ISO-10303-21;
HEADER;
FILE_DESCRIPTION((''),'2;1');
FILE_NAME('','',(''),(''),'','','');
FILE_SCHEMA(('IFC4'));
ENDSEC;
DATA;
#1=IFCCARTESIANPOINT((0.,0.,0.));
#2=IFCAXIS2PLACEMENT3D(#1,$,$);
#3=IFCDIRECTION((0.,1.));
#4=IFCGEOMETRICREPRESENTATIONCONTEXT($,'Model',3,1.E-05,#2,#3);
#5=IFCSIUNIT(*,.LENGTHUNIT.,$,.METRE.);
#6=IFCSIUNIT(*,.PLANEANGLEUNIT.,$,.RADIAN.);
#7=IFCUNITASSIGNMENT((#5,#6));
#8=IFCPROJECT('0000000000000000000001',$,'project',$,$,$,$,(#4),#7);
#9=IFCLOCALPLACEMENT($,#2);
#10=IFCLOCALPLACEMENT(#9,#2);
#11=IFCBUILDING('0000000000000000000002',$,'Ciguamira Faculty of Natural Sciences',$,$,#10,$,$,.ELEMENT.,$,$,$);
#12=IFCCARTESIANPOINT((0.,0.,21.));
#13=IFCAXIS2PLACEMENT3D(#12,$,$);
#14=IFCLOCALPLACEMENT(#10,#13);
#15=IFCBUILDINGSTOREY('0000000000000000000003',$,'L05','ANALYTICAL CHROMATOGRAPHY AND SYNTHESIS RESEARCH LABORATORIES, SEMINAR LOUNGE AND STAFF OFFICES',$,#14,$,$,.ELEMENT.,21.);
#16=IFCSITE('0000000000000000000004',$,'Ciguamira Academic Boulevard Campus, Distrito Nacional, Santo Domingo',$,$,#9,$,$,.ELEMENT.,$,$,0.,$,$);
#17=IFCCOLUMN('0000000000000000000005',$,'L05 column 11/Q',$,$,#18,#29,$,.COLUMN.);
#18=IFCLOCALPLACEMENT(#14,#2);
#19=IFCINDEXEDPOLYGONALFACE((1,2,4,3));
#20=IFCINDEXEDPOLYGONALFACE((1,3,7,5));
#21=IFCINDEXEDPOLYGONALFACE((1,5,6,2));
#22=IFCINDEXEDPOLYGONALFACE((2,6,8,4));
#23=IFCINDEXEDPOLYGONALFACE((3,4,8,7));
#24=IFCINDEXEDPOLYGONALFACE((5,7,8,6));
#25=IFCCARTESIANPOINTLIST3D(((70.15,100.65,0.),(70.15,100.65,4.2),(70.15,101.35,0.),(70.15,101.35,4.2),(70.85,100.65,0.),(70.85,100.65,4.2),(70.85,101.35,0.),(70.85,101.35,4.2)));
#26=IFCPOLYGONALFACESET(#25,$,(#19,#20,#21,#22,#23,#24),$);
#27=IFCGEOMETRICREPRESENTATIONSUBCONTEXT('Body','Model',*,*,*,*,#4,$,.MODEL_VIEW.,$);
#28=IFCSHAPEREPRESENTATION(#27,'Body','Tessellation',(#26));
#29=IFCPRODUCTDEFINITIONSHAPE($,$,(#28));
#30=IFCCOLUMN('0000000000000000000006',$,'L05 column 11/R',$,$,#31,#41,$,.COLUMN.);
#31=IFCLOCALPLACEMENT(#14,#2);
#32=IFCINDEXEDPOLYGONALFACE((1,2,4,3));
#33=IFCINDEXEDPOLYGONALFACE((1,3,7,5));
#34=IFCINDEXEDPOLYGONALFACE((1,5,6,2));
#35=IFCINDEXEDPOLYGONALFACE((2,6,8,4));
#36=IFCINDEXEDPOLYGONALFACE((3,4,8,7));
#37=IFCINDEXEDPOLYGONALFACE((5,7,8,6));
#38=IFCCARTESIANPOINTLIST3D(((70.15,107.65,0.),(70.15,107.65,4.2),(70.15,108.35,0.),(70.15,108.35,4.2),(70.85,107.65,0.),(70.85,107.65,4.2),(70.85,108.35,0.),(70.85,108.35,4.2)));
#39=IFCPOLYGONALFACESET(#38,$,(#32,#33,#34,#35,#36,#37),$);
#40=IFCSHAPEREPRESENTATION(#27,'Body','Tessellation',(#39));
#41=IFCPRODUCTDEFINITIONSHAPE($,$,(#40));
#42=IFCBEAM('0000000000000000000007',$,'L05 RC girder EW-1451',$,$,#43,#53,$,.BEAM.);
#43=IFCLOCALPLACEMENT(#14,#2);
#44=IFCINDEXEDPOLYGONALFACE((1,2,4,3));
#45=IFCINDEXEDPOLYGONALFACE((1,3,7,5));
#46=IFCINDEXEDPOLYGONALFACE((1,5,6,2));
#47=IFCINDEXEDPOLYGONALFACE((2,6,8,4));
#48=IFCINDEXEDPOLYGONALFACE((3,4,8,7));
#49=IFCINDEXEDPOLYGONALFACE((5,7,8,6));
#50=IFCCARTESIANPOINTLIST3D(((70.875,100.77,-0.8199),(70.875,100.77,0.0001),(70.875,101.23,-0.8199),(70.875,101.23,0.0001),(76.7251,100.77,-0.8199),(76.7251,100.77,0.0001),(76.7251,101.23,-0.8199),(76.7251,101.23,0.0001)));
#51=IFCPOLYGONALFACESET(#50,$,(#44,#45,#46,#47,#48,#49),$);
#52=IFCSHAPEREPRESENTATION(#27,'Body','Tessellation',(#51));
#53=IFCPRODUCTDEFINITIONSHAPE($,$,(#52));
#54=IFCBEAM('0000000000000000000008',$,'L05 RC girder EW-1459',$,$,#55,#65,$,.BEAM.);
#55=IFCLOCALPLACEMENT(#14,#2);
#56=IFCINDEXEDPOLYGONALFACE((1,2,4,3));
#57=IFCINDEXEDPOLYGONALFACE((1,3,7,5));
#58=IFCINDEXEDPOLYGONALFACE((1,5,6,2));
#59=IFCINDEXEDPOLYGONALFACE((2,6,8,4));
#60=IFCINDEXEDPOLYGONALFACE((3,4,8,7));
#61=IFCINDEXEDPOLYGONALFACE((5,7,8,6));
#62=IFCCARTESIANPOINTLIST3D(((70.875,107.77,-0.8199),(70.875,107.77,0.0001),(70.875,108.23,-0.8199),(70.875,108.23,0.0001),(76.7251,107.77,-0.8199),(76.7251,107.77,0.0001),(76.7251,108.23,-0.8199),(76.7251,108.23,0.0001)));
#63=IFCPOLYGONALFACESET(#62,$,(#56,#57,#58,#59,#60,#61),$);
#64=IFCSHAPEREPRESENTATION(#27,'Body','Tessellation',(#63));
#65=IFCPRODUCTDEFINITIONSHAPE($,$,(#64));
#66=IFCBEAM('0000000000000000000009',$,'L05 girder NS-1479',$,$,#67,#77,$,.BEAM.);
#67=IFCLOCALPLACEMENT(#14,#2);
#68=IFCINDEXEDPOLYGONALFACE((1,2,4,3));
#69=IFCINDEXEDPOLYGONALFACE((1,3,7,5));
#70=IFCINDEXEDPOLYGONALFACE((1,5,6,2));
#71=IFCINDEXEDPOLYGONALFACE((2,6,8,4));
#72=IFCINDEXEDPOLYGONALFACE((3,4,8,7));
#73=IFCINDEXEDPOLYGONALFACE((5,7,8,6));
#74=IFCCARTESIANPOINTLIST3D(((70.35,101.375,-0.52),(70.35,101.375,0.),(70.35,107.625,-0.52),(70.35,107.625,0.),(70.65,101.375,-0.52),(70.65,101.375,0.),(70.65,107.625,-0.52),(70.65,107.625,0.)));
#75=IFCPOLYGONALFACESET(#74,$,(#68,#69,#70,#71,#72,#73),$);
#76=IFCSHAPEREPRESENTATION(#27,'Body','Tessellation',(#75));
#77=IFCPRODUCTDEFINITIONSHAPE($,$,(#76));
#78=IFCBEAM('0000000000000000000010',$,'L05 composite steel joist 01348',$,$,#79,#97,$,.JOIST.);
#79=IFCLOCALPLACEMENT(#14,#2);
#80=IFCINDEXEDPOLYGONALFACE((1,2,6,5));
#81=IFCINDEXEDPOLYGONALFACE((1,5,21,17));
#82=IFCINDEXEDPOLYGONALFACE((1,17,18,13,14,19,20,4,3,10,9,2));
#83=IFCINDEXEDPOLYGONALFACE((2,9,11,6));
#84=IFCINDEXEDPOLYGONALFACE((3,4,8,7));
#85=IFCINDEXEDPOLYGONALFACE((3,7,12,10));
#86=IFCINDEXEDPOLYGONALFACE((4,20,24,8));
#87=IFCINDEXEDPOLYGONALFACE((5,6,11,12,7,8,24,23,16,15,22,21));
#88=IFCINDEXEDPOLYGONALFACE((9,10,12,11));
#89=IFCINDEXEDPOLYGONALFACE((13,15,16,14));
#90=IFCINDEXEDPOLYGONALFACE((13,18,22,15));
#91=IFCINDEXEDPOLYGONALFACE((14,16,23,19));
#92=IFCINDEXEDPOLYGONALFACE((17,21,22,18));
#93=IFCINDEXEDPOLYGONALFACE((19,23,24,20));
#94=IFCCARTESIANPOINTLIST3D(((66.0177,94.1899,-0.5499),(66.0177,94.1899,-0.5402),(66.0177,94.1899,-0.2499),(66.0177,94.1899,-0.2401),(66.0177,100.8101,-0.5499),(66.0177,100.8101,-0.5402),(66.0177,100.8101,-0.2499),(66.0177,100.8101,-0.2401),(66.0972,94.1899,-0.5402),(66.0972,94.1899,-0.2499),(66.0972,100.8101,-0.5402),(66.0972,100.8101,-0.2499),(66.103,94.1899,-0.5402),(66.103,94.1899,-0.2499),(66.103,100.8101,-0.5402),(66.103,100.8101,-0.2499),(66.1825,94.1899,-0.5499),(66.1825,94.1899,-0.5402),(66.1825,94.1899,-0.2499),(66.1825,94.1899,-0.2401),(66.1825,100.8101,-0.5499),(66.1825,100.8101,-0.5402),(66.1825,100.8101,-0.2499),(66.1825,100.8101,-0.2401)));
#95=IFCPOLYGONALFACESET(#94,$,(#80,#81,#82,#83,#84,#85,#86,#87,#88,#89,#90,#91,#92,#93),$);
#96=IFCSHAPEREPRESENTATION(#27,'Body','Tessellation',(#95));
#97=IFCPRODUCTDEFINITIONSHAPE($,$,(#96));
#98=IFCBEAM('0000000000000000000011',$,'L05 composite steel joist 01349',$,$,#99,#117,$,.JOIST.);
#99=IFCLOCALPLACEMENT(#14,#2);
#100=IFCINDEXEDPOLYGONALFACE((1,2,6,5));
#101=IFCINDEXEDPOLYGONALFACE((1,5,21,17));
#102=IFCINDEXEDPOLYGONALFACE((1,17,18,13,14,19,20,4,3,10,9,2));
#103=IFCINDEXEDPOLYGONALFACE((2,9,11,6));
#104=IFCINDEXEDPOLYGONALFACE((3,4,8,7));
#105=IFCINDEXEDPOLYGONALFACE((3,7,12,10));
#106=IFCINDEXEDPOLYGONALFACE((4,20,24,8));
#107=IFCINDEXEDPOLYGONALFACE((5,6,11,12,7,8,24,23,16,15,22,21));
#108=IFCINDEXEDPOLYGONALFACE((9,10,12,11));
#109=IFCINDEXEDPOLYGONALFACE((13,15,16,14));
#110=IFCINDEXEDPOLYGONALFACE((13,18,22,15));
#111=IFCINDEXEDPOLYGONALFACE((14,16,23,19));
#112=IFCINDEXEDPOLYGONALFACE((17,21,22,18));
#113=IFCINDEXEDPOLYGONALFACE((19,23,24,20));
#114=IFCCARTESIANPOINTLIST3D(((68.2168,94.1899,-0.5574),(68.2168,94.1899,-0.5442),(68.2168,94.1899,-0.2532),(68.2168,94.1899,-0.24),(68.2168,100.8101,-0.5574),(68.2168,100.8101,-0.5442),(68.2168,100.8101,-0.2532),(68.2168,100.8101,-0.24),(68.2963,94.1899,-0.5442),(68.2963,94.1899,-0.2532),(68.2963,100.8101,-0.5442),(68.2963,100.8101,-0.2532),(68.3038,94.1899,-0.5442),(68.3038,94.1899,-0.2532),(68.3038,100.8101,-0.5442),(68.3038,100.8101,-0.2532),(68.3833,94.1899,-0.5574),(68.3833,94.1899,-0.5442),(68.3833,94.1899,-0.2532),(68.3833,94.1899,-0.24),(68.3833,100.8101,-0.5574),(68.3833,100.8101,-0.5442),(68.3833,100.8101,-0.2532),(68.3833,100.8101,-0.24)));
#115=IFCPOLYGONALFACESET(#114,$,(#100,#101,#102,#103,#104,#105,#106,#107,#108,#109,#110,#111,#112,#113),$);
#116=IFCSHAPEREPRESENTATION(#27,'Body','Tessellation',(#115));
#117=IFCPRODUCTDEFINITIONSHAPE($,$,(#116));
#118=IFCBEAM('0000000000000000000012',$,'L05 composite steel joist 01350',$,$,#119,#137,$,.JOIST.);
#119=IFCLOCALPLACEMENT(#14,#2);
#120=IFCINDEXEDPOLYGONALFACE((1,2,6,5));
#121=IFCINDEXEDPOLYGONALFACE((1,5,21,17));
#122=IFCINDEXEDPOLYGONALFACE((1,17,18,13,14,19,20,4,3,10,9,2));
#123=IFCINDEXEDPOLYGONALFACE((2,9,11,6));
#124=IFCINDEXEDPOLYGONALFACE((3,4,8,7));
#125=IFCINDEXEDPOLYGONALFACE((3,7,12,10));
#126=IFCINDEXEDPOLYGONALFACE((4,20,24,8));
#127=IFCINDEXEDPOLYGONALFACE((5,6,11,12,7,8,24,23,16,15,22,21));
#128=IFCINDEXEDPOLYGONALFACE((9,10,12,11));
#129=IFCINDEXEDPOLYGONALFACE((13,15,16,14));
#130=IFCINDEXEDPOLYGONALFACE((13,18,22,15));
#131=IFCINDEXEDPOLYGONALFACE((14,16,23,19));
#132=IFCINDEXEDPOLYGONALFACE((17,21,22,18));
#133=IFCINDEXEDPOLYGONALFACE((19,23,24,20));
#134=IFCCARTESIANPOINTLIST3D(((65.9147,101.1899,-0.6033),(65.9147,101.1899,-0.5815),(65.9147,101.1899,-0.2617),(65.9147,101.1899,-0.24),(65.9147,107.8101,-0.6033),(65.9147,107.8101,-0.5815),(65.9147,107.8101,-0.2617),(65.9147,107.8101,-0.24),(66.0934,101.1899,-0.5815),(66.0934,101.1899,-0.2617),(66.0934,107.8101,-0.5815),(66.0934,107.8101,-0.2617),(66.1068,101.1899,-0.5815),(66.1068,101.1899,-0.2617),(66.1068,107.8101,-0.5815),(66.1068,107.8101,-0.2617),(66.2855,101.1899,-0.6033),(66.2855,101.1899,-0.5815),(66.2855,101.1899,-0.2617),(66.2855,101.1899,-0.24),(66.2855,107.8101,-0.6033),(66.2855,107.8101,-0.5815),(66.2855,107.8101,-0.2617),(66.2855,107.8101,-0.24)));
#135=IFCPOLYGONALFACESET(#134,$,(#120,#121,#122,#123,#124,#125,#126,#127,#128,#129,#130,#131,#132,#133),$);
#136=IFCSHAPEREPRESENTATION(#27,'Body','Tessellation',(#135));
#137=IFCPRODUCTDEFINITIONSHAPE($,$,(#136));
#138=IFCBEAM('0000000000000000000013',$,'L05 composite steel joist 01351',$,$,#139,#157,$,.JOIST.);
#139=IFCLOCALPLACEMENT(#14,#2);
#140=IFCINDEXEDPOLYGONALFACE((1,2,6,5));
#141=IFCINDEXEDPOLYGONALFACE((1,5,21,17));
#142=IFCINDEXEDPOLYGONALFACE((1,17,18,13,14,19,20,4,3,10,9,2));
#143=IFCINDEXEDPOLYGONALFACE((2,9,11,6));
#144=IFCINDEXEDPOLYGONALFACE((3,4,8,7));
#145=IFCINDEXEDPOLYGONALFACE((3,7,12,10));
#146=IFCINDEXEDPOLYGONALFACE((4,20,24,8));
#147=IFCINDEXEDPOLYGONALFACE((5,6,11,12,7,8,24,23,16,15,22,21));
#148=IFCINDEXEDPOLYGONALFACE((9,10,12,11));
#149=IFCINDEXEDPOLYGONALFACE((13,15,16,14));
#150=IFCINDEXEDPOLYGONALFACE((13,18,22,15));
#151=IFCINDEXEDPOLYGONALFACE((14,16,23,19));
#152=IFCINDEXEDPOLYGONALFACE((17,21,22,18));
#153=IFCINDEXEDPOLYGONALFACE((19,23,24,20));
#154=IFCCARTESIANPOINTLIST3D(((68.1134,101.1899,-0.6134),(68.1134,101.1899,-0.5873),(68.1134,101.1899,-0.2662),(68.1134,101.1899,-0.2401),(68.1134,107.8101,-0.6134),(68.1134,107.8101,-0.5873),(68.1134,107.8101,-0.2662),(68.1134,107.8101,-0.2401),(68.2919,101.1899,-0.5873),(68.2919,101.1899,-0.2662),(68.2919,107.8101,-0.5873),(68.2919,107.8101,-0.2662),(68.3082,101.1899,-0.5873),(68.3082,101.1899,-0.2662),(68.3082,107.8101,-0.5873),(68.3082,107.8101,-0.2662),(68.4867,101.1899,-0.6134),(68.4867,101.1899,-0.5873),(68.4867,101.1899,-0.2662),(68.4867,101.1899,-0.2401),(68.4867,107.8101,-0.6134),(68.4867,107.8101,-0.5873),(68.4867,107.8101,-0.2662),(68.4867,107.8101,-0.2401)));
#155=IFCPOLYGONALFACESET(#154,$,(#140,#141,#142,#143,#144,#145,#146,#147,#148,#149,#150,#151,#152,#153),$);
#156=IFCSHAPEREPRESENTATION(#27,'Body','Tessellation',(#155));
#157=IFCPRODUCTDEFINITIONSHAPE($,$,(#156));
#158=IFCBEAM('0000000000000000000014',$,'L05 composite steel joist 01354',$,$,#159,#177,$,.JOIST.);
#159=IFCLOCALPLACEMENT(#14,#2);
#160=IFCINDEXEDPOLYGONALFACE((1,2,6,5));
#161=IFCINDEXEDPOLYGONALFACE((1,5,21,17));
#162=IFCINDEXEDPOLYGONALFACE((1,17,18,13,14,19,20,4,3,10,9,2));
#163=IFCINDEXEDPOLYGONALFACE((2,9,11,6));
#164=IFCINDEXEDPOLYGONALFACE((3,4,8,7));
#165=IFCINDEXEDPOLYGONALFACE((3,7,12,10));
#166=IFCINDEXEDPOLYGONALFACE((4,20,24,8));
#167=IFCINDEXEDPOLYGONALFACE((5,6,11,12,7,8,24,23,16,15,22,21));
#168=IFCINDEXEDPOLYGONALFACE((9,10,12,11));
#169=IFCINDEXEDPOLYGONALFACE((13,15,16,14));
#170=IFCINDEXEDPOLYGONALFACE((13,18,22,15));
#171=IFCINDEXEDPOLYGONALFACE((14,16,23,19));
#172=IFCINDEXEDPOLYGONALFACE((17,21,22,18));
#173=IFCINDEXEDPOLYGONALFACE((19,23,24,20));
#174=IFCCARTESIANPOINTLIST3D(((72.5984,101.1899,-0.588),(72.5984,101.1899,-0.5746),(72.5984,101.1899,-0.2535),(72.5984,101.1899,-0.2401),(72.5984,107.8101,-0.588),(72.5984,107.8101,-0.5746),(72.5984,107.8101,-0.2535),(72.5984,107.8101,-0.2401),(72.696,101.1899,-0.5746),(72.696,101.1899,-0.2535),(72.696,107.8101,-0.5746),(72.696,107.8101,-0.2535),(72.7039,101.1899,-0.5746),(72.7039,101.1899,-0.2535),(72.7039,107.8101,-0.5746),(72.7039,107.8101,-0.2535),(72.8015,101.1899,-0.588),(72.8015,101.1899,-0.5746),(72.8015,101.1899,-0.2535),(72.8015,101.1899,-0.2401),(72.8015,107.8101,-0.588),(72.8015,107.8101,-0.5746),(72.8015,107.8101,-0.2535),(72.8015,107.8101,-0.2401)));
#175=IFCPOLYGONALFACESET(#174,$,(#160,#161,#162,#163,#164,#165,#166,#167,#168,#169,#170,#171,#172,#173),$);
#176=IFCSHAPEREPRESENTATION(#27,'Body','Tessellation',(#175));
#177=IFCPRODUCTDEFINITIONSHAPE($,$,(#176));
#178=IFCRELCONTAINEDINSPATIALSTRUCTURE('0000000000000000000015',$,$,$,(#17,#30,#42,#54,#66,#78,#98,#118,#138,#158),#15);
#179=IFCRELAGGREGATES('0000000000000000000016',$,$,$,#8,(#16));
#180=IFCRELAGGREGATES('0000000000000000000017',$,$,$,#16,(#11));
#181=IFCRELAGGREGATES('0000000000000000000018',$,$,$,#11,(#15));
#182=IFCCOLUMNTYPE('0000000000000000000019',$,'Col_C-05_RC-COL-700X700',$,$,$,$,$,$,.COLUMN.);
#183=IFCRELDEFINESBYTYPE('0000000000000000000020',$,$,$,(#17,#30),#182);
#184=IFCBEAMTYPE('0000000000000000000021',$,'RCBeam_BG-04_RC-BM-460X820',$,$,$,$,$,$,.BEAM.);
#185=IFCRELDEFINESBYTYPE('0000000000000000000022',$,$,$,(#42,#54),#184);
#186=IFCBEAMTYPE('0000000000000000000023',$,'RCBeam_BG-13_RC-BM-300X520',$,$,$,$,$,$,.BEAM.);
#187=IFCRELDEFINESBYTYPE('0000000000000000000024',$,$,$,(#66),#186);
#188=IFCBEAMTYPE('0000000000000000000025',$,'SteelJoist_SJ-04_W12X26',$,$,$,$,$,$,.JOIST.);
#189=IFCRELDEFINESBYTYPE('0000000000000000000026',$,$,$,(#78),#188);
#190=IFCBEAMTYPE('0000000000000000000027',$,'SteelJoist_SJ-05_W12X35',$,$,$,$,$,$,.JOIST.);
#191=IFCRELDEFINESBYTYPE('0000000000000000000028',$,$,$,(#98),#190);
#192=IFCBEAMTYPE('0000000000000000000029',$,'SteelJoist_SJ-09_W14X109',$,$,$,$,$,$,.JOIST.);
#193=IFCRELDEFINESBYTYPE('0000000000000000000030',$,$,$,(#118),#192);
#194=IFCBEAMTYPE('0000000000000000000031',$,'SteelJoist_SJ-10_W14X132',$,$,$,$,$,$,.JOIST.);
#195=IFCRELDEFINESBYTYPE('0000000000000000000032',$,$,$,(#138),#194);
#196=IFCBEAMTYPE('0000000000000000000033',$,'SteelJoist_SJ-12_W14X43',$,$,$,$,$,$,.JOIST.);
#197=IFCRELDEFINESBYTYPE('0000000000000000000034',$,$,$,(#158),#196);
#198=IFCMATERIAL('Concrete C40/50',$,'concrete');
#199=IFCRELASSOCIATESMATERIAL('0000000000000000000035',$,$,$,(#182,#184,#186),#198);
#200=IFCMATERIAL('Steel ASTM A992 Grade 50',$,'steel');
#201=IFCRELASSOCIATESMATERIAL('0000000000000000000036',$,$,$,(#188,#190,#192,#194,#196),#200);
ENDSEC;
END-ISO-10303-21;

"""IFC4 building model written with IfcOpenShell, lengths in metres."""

from ifc_helpers import new_model, si_unit, direction, frame, origin, origin_2d, place, context, subcontext, project, spatial, rectangle, i_section, extrude, material, material_profile, profile_set, type_object, element, save


model = new_model("IFC4")

# Units and contexts
model_context = context("Model", 3, precision=1e-05, world=origin(), true_north=direction((0.0, 1.0)))
body_context = subcontext(model_context, "Body", "Model", "MODEL_VIEW")
ifc_project = project(units=[si_unit("LENGTHUNIT", "METRE"), si_unit("PLANEANGLEUNIT", "RADIAN")], contexts=[model_context])

# Site, building, storey
site_placement = place(None, origin())
site = spatial("IfcSite", under=ifc_project, at=site_placement, Name="Ciguamira Academic Boulevard Campus, Distrito Nacional, Santo Domingo", CompositionType="ELEMENT", RefElevation=0.0)
building_placement = place(site_placement, origin())
building = spatial("IfcBuilding", under=site, at=building_placement, Name="Ciguamira Faculty of Natural Sciences", CompositionType="ELEMENT")
storey_placement = place(building_placement, frame((0.0, 0.0, 21.0)))
storey = spatial("IfcBuildingStorey", under=building, at=storey_placement, Name="L05", Description="ANALYTICAL CHROMATOGRAPHY AND SYNTHESIS RESEARCH LABORATORIES, SEMINAR LOUNGE AND STAFF OFFICES", CompositionType="ELEMENT", Elevation=21.0)

# Columns
ifc_material_1 = material(Name="Concrete C40/50", Category="concrete")
ifc_material_profile_1 = material_profile(ifc_material_1, rectangle(XDim=0.7, YDim=0.7, at=origin_2d()), Name="RC-COL-700X700")
ifc_profile_set_1 = profile_set([ifc_material_profile_1], Name="Concrete C40/50")
column_type = type_object("IfcColumnType", Name="Col_C-05_RC-COL-700X700", PredefinedType="COLUMN", material=ifc_profile_set_1)
for number, where, z_axis, x_axis, name in (
    (1, (70.5, 101.0, 0.0), (0.0, 0.0, 1.0), (1.0, 0.0, 0.0), "L05 column 11/Q"),
    (2, (70.5, 108.0, 0.0), (0.0, 0.0, 1.0), (1.0, 0.0, 0.0), "L05 column 11/R"),
):
    element("IfcColumn", number, at=place(storey_placement, frame(where, z_axis=z_axis, x_axis=x_axis)), inside=storey, type_object=column_type, Name=name, PredefinedType="COLUMN", context=body_context, shape_type="SweptSolid", body=[
        extrude(rectangle(XDim=0.7, YDim=0.7, at=origin_2d()), origin(), (0.0, 0.0, 1.0), 4.2),
    ])

# Beams
ifc_material_profile_2 = material_profile(ifc_material_1, rectangle(XDim=0.46, YDim=0.8201, at=origin_2d()), Name="RC-BM-460X820")
ifc_profile_set_2 = profile_set([ifc_material_profile_2], Name="Concrete C40/50")
beam_type_1 = type_object("IfcBeamType", Name="RCBeam_BG-04_RC-BM-460X820", PredefinedType="BEAM", material=ifc_profile_set_2)
for number, where, z_axis, x_axis, name in (
    (3, (70.875, 101.0, -0.4099), (1.0, 0.0, 0.0), (0.0, 1.0, 0.0), "L05 RC girder EW-1451"),
    (4, (70.875, 108.0, -0.4099), (1.0, 0.0, 0.0), (0.0, 1.0, 0.0), "L05 RC girder EW-1459"),
):
    element("IfcBeam", number, at=place(storey_placement, frame(where, z_axis=z_axis, x_axis=x_axis)), inside=storey, type_object=beam_type_1, Name=name, PredefinedType="BEAM", context=body_context, shape_type="SweptSolid", body=[
        extrude(rectangle(XDim=0.46, YDim=0.8201, at=origin_2d()), origin(), (0.0, 0.0, 1.0), 5.8501),
    ])
ifc_material_profile_3 = material_profile(ifc_material_1, rectangle(XDim=0.3, YDim=0.52, at=origin_2d()), Name="RC-BM-300X520")
ifc_profile_set_3 = profile_set([ifc_material_profile_3], Name="Concrete C40/50")
beam_type_2 = type_object("IfcBeamType", Name="RCBeam_BG-13_RC-BM-300X520", PredefinedType="BEAM", material=ifc_profile_set_3)
beam_1_placement = place(storey_placement, frame((70.5, 101.375, -0.26), z_axis=(0.0, 1.0, 0.0), x_axis=(-1.0, 0.0, 0.0)))
element("IfcBeam", 5, at=beam_1_placement, inside=storey, type_object=beam_type_2, Name="L05 girder NS-1479", PredefinedType="BEAM", context=body_context, shape_type="SweptSolid", body=[
    extrude(rectangle(XDim=0.3, YDim=0.52, at=origin_2d()), origin(), (0.0, 0.0, 1.0), 6.25),
])
ifc_material_2 = material(Name="Steel ASTM A992 Grade 50", Category="steel")
ifc_material_profile_4 = material_profile(ifc_material_2, i_section(OverallWidth=0.1648, OverallDepth=0.3098, WebThickness=0.0059, FlangeThickness=0.0098, at=origin_2d()), Name="W12X26")
ifc_profile_set_4 = profile_set([ifc_material_profile_4], Name="Steel ASTM A992 Grade 50")
beam_type_3 = type_object("IfcBeamType", Name="SteelJoist_SJ-04_W12X26", PredefinedType="JOIST", material=ifc_profile_set_4)
beam_2_placement = place(storey_placement, frame((66.1001, 94.1899, -0.395), z_axis=(0.0, 1.0, 0.0), x_axis=(-1.0, 0.0, 0.0)))
element("IfcBeam", 6, at=beam_2_placement, inside=storey, type_object=beam_type_3, Name="L05 composite steel joist 01348", PredefinedType="JOIST", context=body_context, shape_type="SweptSolid", body=[
    extrude(i_section(OverallWidth=0.1648, OverallDepth=0.3098, WebThickness=0.0059, FlangeThickness=0.0098, at=origin_2d()), origin(), (0.0, 0.0, 1.0), 6.6201),
])
ifc_material_profile_5 = material_profile(ifc_material_2, i_section(OverallWidth=0.1665, OverallDepth=0.3174, WebThickness=0.0076, FlangeThickness=0.0132, at=origin_2d()), Name="W12X35")
ifc_profile_set_5 = profile_set([ifc_material_profile_5], Name="Steel ASTM A992 Grade 50")
beam_type_4 = type_object("IfcBeamType", Name="SteelJoist_SJ-05_W12X35", PredefinedType="JOIST", material=ifc_profile_set_5)
beam_3_placement = place(storey_placement, frame((68.3, 94.1899, -0.3987), z_axis=(0.0, 1.0, 0.0), x_axis=(-1.0, 0.0, 0.0)))
element("IfcBeam", 7, at=beam_3_placement, inside=storey, type_object=beam_type_4, Name="L05 composite steel joist 01349", PredefinedType="JOIST", context=body_context, shape_type="SweptSolid", body=[
    extrude(i_section(OverallWidth=0.1665, OverallDepth=0.3174, WebThickness=0.0076, FlangeThickness=0.0132, at=origin_2d()), origin(), (0.0, 0.0, 1.0), 6.6201),
])
ifc_material_profile_6 = material_profile(ifc_material_2, i_section(OverallWidth=0.3708, OverallDepth=0.3633, WebThickness=0.0134, FlangeThickness=0.0217, at=origin_2d()), Name="W14X109")
ifc_profile_set_6 = profile_set([ifc_material_profile_6], Name="Steel ASTM A992 Grade 50")
beam_type_5 = type_object("IfcBeamType", Name="SteelJoist_SJ-09_W14X109", PredefinedType="JOIST", material=ifc_profile_set_6)
beam_4_placement = place(storey_placement, frame((66.1001, 101.1899, -0.4216), z_axis=(0.0, 1.0, 0.0), x_axis=(-1.0, 0.0, 0.0)))
element("IfcBeam", 8, at=beam_4_placement, inside=storey, type_object=beam_type_5, Name="L05 composite steel joist 01350", PredefinedType="JOIST", context=body_context, shape_type="SweptSolid", body=[
    extrude(i_section(OverallWidth=0.3708, OverallDepth=0.3633, WebThickness=0.0134, FlangeThickness=0.0217, at=origin_2d()), origin(), (0.0, 0.0, 1.0), 6.6201),
])
ifc_material_profile_7 = material_profile(ifc_material_2, i_section(OverallWidth=0.3733, OverallDepth=0.3733, WebThickness=0.0164, FlangeThickness=0.0261, at=origin_2d()), Name="W14X132")
ifc_profile_set_7 = profile_set([ifc_material_profile_7], Name="Steel ASTM A992 Grade 50")
beam_type_6 = type_object("IfcBeamType", Name="SteelJoist_SJ-10_W14X132", PredefinedType="JOIST", material=ifc_profile_set_7)
beam_5_placement = place(storey_placement, frame((68.3, 101.1899, -0.4268), z_axis=(0.0, 1.0, 0.0), x_axis=(-1.0, 0.0, 0.0)))
element("IfcBeam", 9, at=beam_5_placement, inside=storey, type_object=beam_type_6, Name="L05 composite steel joist 01351", PredefinedType="JOIST", context=body_context, shape_type="SweptSolid", body=[
    extrude(i_section(OverallWidth=0.3733, OverallDepth=0.3733, WebThickness=0.0164, FlangeThickness=0.0261, at=origin_2d()), origin(), (0.0, 0.0, 1.0), 6.6201),
])
ifc_material_profile_8 = material_profile(ifc_material_2, i_section(OverallWidth=0.2031, OverallDepth=0.3479, WebThickness=0.0078, FlangeThickness=0.0134, at=origin_2d()), Name="W14X43")
ifc_profile_set_8 = profile_set([ifc_material_profile_8], Name="Steel ASTM A992 Grade 50")
beam_type_7 = type_object("IfcBeamType", Name="SteelJoist_SJ-12_W14X43", PredefinedType="JOIST", material=ifc_profile_set_8)
beam_6_placement = place(storey_placement, frame((72.7, 101.1899, -0.4141), z_axis=(0.0, 1.0, 0.0), x_axis=(-1.0, 0.0, 0.0)))
element("IfcBeam", 10, at=beam_6_placement, inside=storey, type_object=beam_type_7, Name="L05 composite steel joist 01354", PredefinedType="JOIST", context=body_context, shape_type="SweptSolid", body=[
    extrude(i_section(OverallWidth=0.2031, OverallDepth=0.3479, WebThickness=0.0078, FlangeThickness=0.0134, at=origin_2d()), origin(), (0.0, 0.0, 1.0), 6.6201),
])

save(model, "model.ifc")
